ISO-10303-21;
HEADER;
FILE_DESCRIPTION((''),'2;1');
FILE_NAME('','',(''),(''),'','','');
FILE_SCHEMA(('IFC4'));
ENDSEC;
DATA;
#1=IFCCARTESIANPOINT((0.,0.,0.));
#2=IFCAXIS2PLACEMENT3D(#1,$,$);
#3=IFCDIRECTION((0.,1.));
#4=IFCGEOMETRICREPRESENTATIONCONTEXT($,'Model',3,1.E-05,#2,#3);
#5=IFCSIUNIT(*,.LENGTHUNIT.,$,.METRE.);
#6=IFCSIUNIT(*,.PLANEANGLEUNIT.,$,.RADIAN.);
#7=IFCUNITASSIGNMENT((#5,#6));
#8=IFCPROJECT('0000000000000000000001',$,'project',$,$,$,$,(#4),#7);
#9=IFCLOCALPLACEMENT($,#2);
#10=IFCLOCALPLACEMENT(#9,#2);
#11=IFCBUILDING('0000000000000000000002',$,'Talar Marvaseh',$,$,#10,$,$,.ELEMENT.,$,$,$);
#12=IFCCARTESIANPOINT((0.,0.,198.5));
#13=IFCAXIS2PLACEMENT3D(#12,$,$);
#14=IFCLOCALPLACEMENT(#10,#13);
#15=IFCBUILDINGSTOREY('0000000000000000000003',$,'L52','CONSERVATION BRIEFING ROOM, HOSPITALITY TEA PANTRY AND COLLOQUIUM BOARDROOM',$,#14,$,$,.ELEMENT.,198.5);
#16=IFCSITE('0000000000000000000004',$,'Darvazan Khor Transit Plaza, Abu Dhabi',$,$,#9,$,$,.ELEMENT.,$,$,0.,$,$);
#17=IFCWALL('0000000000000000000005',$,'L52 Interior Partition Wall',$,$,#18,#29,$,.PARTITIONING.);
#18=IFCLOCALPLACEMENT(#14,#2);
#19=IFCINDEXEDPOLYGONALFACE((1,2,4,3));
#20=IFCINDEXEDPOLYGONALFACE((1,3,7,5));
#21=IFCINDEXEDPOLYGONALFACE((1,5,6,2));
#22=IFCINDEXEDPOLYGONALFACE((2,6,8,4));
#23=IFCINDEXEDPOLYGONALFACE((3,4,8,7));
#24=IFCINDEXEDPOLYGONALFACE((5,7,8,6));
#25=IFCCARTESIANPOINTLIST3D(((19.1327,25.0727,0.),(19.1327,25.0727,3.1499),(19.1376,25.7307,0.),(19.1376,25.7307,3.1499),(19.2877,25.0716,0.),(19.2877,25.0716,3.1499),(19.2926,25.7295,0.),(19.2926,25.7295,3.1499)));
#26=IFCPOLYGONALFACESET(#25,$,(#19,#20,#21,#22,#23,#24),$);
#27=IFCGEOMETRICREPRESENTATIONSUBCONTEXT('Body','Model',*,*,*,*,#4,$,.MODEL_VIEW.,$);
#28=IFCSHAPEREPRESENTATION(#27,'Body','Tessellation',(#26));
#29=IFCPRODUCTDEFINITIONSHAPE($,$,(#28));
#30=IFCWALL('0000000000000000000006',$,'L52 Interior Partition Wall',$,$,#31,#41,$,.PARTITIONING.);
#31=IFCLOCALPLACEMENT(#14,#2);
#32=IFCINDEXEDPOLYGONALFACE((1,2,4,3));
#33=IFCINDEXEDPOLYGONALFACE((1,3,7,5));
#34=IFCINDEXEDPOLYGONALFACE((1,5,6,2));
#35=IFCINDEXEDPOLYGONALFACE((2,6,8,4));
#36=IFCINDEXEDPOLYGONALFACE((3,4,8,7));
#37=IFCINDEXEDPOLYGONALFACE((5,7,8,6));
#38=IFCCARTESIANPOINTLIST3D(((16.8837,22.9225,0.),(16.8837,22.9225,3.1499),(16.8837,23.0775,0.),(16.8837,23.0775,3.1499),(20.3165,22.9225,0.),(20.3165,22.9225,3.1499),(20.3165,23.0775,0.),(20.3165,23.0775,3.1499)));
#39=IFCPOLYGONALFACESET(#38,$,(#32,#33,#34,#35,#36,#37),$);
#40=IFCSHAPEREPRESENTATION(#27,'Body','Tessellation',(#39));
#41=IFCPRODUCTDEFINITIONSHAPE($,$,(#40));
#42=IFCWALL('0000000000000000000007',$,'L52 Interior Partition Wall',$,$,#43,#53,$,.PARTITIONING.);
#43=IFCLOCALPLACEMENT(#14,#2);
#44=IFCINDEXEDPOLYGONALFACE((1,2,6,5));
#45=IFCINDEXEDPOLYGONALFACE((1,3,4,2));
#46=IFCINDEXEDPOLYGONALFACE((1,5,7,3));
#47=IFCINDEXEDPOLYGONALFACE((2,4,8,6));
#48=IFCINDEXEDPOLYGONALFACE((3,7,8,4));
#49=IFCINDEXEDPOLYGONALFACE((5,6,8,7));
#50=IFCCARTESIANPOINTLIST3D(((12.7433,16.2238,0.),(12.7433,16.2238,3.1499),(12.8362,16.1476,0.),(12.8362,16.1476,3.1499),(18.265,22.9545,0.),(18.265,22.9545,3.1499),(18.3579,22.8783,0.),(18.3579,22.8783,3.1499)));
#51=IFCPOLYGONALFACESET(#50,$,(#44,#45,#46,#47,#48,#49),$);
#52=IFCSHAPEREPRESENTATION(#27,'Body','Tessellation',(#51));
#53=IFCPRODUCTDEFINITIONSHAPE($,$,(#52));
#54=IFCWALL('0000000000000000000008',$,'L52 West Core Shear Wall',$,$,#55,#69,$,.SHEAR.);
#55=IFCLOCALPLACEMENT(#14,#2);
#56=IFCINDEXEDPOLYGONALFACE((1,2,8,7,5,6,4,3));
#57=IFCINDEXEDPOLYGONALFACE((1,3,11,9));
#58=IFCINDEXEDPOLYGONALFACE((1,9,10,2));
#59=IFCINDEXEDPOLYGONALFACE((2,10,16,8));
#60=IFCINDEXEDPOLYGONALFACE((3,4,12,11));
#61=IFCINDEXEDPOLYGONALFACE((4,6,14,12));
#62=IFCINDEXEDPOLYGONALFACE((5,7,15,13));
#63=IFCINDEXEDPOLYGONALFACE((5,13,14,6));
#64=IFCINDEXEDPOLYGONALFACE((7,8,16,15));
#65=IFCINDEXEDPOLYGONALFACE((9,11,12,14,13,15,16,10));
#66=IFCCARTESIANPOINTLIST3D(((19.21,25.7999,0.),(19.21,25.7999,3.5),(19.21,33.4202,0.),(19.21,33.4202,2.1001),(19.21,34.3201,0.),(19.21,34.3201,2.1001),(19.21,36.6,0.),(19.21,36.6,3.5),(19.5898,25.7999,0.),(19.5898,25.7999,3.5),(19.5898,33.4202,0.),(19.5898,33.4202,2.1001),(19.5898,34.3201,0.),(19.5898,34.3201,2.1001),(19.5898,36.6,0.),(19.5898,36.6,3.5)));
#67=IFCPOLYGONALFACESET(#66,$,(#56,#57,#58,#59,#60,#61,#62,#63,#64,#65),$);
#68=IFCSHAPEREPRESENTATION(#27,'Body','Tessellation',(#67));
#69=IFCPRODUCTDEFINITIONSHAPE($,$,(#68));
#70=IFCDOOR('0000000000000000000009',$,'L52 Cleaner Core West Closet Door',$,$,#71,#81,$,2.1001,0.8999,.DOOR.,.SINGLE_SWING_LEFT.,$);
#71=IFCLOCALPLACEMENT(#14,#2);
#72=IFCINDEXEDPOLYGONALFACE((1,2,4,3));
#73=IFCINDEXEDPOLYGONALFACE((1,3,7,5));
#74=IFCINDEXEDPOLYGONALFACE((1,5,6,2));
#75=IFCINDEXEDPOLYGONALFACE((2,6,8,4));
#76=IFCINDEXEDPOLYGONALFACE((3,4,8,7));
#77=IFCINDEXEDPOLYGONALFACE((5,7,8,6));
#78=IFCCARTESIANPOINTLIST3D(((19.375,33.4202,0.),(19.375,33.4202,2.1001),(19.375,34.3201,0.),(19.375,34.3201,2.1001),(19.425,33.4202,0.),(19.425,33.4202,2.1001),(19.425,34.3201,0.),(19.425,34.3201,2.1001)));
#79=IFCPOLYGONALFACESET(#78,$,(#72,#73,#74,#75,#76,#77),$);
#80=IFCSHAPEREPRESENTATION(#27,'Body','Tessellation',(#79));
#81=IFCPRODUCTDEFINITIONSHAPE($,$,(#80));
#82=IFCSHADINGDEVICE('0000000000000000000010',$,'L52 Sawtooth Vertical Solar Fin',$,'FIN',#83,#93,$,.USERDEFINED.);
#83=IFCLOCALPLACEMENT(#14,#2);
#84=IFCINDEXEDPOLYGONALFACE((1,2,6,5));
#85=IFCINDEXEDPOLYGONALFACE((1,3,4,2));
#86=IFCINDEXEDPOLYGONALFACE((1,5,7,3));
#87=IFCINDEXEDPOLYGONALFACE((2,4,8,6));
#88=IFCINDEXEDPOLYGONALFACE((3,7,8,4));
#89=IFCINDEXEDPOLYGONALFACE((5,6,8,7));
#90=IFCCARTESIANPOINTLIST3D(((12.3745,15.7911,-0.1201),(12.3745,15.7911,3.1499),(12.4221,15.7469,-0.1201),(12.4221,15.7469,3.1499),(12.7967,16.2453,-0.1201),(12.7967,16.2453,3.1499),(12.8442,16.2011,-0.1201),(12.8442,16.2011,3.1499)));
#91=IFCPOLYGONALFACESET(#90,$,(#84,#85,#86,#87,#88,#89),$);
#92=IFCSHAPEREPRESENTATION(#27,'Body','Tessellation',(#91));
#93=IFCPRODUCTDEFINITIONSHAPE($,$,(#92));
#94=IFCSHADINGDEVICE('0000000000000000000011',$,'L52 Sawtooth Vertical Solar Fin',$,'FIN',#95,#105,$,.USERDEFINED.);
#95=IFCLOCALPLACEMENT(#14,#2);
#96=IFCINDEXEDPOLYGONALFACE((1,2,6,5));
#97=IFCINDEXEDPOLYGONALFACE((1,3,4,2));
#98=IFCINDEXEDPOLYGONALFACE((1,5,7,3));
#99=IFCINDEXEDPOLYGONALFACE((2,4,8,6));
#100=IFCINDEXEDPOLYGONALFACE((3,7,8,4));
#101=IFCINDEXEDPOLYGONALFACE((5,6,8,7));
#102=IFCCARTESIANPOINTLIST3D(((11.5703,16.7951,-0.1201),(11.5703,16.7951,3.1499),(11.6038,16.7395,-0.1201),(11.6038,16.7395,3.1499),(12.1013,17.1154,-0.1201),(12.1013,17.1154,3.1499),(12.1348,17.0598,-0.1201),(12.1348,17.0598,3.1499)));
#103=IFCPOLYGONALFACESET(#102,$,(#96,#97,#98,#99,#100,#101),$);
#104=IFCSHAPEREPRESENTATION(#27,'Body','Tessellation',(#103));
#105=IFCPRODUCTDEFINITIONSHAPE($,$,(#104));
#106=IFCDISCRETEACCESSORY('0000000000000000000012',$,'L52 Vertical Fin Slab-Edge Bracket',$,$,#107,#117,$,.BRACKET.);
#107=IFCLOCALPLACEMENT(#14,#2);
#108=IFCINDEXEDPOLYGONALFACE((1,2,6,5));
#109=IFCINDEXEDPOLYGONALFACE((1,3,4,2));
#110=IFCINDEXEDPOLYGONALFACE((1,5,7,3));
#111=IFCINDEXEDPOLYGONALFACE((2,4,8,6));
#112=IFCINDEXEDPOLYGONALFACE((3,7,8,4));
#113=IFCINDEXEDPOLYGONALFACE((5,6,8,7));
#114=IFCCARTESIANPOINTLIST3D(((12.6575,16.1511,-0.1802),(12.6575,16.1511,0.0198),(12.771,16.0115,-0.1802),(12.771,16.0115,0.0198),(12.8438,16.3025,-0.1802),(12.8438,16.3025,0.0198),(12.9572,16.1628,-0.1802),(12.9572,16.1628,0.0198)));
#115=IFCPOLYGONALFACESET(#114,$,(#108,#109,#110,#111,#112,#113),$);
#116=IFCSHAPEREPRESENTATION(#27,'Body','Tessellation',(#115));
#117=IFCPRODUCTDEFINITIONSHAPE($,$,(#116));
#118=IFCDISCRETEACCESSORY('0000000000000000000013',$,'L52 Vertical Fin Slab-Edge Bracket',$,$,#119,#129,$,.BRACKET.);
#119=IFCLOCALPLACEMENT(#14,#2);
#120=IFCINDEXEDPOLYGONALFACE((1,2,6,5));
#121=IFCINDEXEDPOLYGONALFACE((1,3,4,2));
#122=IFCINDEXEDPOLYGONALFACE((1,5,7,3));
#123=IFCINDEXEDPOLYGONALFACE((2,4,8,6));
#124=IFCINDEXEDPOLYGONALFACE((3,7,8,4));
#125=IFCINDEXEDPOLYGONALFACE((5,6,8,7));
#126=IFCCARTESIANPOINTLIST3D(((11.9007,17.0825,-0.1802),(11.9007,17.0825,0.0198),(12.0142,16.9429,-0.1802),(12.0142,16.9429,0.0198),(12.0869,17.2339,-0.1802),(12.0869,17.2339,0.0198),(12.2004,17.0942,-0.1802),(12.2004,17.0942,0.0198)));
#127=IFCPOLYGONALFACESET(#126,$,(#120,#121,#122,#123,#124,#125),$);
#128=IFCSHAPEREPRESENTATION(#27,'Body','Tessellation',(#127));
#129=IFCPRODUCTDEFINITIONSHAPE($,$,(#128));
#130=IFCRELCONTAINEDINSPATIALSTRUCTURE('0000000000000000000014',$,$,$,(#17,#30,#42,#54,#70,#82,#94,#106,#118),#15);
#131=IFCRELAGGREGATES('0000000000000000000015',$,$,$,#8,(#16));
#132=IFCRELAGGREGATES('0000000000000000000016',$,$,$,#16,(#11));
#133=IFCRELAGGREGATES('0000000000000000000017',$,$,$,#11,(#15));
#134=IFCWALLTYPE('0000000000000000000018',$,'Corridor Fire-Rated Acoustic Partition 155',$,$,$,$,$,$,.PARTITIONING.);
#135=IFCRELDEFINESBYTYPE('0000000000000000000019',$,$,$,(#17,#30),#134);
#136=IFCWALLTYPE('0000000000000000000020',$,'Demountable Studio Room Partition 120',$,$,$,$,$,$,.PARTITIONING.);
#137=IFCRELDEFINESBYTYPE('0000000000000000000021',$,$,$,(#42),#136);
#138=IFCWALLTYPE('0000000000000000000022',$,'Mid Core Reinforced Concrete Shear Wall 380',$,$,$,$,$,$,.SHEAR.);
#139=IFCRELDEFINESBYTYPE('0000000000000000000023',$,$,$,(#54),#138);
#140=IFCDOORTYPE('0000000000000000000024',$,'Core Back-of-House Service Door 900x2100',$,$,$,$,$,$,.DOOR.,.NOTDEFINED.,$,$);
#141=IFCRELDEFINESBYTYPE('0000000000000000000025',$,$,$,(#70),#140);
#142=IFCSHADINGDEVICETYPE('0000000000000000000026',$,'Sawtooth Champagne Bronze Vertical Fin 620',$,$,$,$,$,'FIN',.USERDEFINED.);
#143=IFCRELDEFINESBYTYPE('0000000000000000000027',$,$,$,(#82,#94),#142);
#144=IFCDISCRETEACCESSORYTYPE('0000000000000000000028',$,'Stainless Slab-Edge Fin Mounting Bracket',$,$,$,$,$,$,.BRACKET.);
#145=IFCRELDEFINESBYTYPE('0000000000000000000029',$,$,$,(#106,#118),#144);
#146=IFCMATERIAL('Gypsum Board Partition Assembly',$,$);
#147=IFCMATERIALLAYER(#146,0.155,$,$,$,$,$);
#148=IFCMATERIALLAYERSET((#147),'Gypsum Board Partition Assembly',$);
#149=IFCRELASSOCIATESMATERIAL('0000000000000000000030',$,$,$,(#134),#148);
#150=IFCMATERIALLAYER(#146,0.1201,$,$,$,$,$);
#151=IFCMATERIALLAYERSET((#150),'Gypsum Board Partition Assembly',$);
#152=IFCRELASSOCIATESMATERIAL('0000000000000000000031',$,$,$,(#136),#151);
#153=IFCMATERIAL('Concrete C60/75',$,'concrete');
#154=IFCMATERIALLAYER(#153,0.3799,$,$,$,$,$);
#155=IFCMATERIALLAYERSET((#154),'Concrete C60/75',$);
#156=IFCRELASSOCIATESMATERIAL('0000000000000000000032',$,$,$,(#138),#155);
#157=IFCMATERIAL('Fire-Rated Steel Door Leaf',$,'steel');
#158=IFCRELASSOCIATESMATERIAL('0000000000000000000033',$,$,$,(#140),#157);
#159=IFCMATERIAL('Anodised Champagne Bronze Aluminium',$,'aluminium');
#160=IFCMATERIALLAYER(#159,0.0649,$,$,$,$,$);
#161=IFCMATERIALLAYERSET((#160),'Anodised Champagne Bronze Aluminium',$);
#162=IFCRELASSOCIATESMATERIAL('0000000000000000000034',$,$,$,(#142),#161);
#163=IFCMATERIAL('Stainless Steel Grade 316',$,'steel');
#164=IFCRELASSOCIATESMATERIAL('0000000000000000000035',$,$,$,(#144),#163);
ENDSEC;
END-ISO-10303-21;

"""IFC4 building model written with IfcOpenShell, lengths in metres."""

from ifc_helpers import new_model, si_unit, direction, frame, frame_2d, origin, origin_2d, place, context, subcontext, project, spatial, rectangle, extrude, source, transform, mapped, material, layer, layer_set, type_object, type_shapes, element, fill, save


model = new_model("IFC4")

# Units and contexts
model_context = context("Model", 3, precision=1e-05, world=origin(), true_north=direction((0.0, 1.0)))
body_context = subcontext(model_context, "Body", "Model", "MODEL_VIEW")
ifc_project = project(units=[si_unit("LENGTHUNIT", "METRE"), si_unit("PLANEANGLEUNIT", "RADIAN")], contexts=[model_context])

# Site, building, storey
site_placement = place(None, origin())
site = spatial("IfcSite", under=ifc_project, at=site_placement, Name="Darvazan Khor Transit Plaza, Abu Dhabi", CompositionType="ELEMENT", RefElevation=0.0)
building_placement = place(site_placement, origin())
building = spatial("IfcBuilding", under=site, at=building_placement, Name="Talar Marvaseh", CompositionType="ELEMENT")
storey_placement = place(building_placement, frame((0.0, 0.0, 198.5)))
storey = spatial("IfcBuildingStorey", under=building, at=storey_placement, Name="L52", Description="CONSERVATION BRIEFING ROOM, HOSPITALITY TEA PANTRY AND COLLOQUIUM BOARDROOM", CompositionType="ELEMENT", Elevation=198.5)

# Shared definitions
ifc_material_1 = material(Name="Concrete C60/75", Category="concrete")

# Shared definitions
ifc_material_2 = material(Name="Gypsum Board Partition Assembly")
ifc_layer_1 = layer(ifc_material_2, 0.155)
ifc_layer_set_1 = layer_set([ifc_layer_1], Name="Gypsum Board Partition Assembly")
wall_type_1 = type_object("IfcWallType", Name="Corridor Fire-Rated Acoustic Partition 155", PredefinedType="PARTITIONING", material=ifc_layer_set_1)

# Walls
wall_1_placement = place(storey_placement, frame((19.2102, 25.072, 0.0), z_axis=(0.0, 0.0, 1.0), x_axis=(0.007421, 0.999972, 0.0)))
element("IfcWall", 1, at=wall_1_placement, inside=storey, type_object=wall_type_1, Name="L52 Interior Partition Wall", PredefinedType="PARTITIONING", context=body_context, shape_type="SweptSolid", body=[
    extrude(rectangle(XDim=0.658, YDim=0.155, at=frame_2d((0.3291, 0.0))), origin(), (0.0, 0.0, 1.0), 3.1499),
])
wall_2_placement = place(storey_placement, frame((20.3164, 23.0, 0.0), z_axis=(0.0, 0.0, 1.0), x_axis=(-1.0, 0.0, 0.0)))
element("IfcWall", 2, at=wall_2_placement, inside=storey, type_object=wall_type_1, Name="L52 Interior Partition Wall", PredefinedType="PARTITIONING", context=body_context, shape_type="SweptSolid", body=[
    extrude(rectangle(XDim=3.4329, YDim=0.155, at=frame_2d((1.7163, 0.0))), origin(), (0.0, 0.0, 1.0), 3.1499),
])
ifc_layer_2 = layer(ifc_material_2, 0.1201)
ifc_layer_set_2 = layer_set([ifc_layer_2], Name="Gypsum Board Partition Assembly")
wall_type_2 = type_object("IfcWallType", Name="Demountable Studio Room Partition 120", PredefinedType="PARTITIONING", material=ifc_layer_set_2)
wall_3_placement = place(storey_placement, frame((18.3115, 22.9165, 0.0), z_axis=(0.0, 0.0, 1.0), x_axis=(-0.634254, -0.773124, 0.0)))
element("IfcWall", 3, at=wall_3_placement, inside=storey, type_object=wall_type_2, Name="L52 Interior Partition Wall", PredefinedType="PARTITIONING", context=body_context, shape_type="SweptSolid", body=[
    extrude(rectangle(XDim=8.7058, YDim=0.1201, at=frame_2d((4.353, 0.0))), origin(), (0.0, 0.0, 1.0), 3.1499),
])

# Wall, opening, door
ifc_layer_3 = layer(ifc_material_1, 0.3799)
ifc_layer_set_3 = layer_set([ifc_layer_3], Name="Concrete C60/75")
wall_type_3 = type_object("IfcWallType", Name="Mid Core Reinforced Concrete Shear Wall 380", PredefinedType="SHEAR", material=ifc_layer_set_3)
wall_4_placement = place(storey_placement, frame((19.3999, 25.8, 0.0), z_axis=(0.0, 0.0, 1.0), x_axis=(0.0, 1.0, 0.0)))
wall_4 = element("IfcWall", 4, at=wall_4_placement, inside=storey, type_object=wall_type_3, Name="L52 West Core Shear Wall", PredefinedType="SHEAR", context=body_context, shape_type="SweptSolid", body=[
    extrude(rectangle(XDim=10.8, YDim=0.3799, at=frame_2d((5.3999, 0.0))), origin(), (0.0, 0.0, 1.0), 3.5),
])
opening_1_placement = place(wall_4_placement, frame((7.6201, 0.0, 0.0)))
opening_1 = element("IfcOpeningElement", 5, at=opening_1_placement, cuts=wall_4, PredefinedType="OPENING", context=body_context, shape_type="SweptSolid", body=[
    extrude(rectangle(XDim=0.8999, YDim=2.1001, at=frame_2d((0.45, 1.05))), frame((0.0, 0.2, 0.0), z_axis=(0.0, -1.0, 0.0), x_axis=(1.0, 0.0, 0.0)), (0.0, 0.0, 1.0), 0.3999),
])
ifc_material_3 = material(Name="Fire-Rated Steel Door Leaf", Category="steel")
door_type_1 = type_object("IfcDoorType", Name="Core Back-of-House Service Door 900x2100", OperationType="NOTDEFINED", PredefinedType="DOOR", material=ifc_material_3)
shared_shape_1 = source(origin(), body_context, "Body", "SweptSolid", [
    extrude(rectangle(XDim=0.8999, YDim=2.1001, at=frame_2d((0.45, 1.05))), frame((0.0, 0.0249, 0.0), z_axis=(0.0, -1.0, 0.0), x_axis=(1.0, 0.0, 0.0)), (0.0, 0.0, 1.0), 0.05),
])
type_shapes(door_type_1, [shared_shape_1])
door_1_placement = place(opening_1_placement, origin())
door_1 = element("IfcDoor", 6, at=door_1_placement, inside=storey, type_object=door_type_1, Name="L52 Cleaner Core West Closet Door", OperationType="SINGLE_SWING_LEFT", OverallHeight=2.1001, OverallWidth=0.8999, PredefinedType="DOOR", context=body_context, shape_type="MappedRepresentation", body=[
    mapped(shared_shape_1, transform((0.0, 0.0, 0.0), x_axis=(1.0, 0.0, 0.0), y_axis=(0.0, 1.0, 0.0), z_axis=(0.0, 0.0, 1.0), scale=1.0)),
])
fill(opening_1, door_1)

# Shading devices
ifc_material_4 = material(Name="Anodised Champagne Bronze Aluminium", Category="aluminium")
ifc_layer_4 = layer(ifc_material_4, 0.0649)
ifc_layer_set_4 = layer_set([ifc_layer_4], Name="Anodised Champagne Bronze Aluminium")
shading_device_type = type_object("IfcShadingDeviceType", Name="Sawtooth Champagne Bronze Vertical Fin 620", ElementType="FIN", PredefinedType="USERDEFINED", material=ifc_layer_set_4)
shared_shape_2 = source(origin(), body_context, "Body", "SweptSolid", [
    extrude(rectangle(XDim=0.6201, YDim=0.0649, at=origin_2d()), origin(), (0.0, 0.0, 1.0), 3.27),
])
type_shapes(shading_device_type, [shared_shape_2])
for number, where, z_axis, x_axis, name in (
    (7, (12.6094, 15.9961, -0.1201), (0.0, 0.0, 1.0), (-0.680721, -0.732543, 0.0), "L52 Sawtooth Vertical Solar Fin"),
    (8, (11.8525, 16.9275, -0.1201), (0.0, 0.0, 1.0), (-0.856267, -0.516533, 0.0), "L52 Sawtooth Vertical Solar Fin"),
):
    element("IfcShadingDevice", number, at=place(storey_placement, frame(where, z_axis=z_axis, x_axis=x_axis)), inside=storey, type_object=shading_device_type, Name=name, ObjectType="FIN", PredefinedType="USERDEFINED", context=body_context, shape_type="MappedRepresentation", body=[
        mapped(shared_shape_2, transform((0.0, 0.0, 0.0), x_axis=(1.0, 0.0, 0.0), y_axis=(0.0, 1.0, 0.0), z_axis=(0.0, 0.0, 1.0), scale=1.0)),
    ])

# Discrete accessories
ifc_material_5 = material(Name="Stainless Steel Grade 316", Category="steel")
discrete_accessory_type = type_object("IfcDiscreteAccessoryType", Name="Stainless Slab-Edge Fin Mounting Bracket", PredefinedType="BRACKET", material=ifc_material_5)
shared_shape_3 = source(origin(), body_context, "Body", "SweptSolid", [
    extrude(rectangle(XDim=0.24, YDim=0.1799, at=origin_2d()), origin(), (0.0, 0.0, 1.0), 0.2),
])
type_shapes(discrete_accessory_type, [shared_shape_3])
for number, where, z_axis, x_axis, name in (
    (9, (12.8074, 16.157, -0.1802), (0.0, 0.0, 1.0), (-0.776046, -0.630676, 0.0), "L52 Vertical Fin Slab-Edge Bracket"),
    (10, (12.0505, 17.0884, -0.1802), (0.0, 0.0, 1.0), (-0.776046, -0.630676, 0.0), "L52 Vertical Fin Slab-Edge Bracket"),
):
    element("IfcDiscreteAccessory", number, at=place(storey_placement, frame(where, z_axis=z_axis, x_axis=x_axis)), inside=storey, type_object=discrete_accessory_type, Name=name, PredefinedType="BRACKET", context=body_context, shape_type="MappedRepresentation", body=[
        mapped(shared_shape_3, transform((0.0, 0.0, 0.0), x_axis=(1.0, 0.0, 0.0), y_axis=(0.0, 1.0, 0.0), z_axis=(0.0, 0.0, 1.0), scale=1.0)),
    ])

save(model, "model.ifc")
